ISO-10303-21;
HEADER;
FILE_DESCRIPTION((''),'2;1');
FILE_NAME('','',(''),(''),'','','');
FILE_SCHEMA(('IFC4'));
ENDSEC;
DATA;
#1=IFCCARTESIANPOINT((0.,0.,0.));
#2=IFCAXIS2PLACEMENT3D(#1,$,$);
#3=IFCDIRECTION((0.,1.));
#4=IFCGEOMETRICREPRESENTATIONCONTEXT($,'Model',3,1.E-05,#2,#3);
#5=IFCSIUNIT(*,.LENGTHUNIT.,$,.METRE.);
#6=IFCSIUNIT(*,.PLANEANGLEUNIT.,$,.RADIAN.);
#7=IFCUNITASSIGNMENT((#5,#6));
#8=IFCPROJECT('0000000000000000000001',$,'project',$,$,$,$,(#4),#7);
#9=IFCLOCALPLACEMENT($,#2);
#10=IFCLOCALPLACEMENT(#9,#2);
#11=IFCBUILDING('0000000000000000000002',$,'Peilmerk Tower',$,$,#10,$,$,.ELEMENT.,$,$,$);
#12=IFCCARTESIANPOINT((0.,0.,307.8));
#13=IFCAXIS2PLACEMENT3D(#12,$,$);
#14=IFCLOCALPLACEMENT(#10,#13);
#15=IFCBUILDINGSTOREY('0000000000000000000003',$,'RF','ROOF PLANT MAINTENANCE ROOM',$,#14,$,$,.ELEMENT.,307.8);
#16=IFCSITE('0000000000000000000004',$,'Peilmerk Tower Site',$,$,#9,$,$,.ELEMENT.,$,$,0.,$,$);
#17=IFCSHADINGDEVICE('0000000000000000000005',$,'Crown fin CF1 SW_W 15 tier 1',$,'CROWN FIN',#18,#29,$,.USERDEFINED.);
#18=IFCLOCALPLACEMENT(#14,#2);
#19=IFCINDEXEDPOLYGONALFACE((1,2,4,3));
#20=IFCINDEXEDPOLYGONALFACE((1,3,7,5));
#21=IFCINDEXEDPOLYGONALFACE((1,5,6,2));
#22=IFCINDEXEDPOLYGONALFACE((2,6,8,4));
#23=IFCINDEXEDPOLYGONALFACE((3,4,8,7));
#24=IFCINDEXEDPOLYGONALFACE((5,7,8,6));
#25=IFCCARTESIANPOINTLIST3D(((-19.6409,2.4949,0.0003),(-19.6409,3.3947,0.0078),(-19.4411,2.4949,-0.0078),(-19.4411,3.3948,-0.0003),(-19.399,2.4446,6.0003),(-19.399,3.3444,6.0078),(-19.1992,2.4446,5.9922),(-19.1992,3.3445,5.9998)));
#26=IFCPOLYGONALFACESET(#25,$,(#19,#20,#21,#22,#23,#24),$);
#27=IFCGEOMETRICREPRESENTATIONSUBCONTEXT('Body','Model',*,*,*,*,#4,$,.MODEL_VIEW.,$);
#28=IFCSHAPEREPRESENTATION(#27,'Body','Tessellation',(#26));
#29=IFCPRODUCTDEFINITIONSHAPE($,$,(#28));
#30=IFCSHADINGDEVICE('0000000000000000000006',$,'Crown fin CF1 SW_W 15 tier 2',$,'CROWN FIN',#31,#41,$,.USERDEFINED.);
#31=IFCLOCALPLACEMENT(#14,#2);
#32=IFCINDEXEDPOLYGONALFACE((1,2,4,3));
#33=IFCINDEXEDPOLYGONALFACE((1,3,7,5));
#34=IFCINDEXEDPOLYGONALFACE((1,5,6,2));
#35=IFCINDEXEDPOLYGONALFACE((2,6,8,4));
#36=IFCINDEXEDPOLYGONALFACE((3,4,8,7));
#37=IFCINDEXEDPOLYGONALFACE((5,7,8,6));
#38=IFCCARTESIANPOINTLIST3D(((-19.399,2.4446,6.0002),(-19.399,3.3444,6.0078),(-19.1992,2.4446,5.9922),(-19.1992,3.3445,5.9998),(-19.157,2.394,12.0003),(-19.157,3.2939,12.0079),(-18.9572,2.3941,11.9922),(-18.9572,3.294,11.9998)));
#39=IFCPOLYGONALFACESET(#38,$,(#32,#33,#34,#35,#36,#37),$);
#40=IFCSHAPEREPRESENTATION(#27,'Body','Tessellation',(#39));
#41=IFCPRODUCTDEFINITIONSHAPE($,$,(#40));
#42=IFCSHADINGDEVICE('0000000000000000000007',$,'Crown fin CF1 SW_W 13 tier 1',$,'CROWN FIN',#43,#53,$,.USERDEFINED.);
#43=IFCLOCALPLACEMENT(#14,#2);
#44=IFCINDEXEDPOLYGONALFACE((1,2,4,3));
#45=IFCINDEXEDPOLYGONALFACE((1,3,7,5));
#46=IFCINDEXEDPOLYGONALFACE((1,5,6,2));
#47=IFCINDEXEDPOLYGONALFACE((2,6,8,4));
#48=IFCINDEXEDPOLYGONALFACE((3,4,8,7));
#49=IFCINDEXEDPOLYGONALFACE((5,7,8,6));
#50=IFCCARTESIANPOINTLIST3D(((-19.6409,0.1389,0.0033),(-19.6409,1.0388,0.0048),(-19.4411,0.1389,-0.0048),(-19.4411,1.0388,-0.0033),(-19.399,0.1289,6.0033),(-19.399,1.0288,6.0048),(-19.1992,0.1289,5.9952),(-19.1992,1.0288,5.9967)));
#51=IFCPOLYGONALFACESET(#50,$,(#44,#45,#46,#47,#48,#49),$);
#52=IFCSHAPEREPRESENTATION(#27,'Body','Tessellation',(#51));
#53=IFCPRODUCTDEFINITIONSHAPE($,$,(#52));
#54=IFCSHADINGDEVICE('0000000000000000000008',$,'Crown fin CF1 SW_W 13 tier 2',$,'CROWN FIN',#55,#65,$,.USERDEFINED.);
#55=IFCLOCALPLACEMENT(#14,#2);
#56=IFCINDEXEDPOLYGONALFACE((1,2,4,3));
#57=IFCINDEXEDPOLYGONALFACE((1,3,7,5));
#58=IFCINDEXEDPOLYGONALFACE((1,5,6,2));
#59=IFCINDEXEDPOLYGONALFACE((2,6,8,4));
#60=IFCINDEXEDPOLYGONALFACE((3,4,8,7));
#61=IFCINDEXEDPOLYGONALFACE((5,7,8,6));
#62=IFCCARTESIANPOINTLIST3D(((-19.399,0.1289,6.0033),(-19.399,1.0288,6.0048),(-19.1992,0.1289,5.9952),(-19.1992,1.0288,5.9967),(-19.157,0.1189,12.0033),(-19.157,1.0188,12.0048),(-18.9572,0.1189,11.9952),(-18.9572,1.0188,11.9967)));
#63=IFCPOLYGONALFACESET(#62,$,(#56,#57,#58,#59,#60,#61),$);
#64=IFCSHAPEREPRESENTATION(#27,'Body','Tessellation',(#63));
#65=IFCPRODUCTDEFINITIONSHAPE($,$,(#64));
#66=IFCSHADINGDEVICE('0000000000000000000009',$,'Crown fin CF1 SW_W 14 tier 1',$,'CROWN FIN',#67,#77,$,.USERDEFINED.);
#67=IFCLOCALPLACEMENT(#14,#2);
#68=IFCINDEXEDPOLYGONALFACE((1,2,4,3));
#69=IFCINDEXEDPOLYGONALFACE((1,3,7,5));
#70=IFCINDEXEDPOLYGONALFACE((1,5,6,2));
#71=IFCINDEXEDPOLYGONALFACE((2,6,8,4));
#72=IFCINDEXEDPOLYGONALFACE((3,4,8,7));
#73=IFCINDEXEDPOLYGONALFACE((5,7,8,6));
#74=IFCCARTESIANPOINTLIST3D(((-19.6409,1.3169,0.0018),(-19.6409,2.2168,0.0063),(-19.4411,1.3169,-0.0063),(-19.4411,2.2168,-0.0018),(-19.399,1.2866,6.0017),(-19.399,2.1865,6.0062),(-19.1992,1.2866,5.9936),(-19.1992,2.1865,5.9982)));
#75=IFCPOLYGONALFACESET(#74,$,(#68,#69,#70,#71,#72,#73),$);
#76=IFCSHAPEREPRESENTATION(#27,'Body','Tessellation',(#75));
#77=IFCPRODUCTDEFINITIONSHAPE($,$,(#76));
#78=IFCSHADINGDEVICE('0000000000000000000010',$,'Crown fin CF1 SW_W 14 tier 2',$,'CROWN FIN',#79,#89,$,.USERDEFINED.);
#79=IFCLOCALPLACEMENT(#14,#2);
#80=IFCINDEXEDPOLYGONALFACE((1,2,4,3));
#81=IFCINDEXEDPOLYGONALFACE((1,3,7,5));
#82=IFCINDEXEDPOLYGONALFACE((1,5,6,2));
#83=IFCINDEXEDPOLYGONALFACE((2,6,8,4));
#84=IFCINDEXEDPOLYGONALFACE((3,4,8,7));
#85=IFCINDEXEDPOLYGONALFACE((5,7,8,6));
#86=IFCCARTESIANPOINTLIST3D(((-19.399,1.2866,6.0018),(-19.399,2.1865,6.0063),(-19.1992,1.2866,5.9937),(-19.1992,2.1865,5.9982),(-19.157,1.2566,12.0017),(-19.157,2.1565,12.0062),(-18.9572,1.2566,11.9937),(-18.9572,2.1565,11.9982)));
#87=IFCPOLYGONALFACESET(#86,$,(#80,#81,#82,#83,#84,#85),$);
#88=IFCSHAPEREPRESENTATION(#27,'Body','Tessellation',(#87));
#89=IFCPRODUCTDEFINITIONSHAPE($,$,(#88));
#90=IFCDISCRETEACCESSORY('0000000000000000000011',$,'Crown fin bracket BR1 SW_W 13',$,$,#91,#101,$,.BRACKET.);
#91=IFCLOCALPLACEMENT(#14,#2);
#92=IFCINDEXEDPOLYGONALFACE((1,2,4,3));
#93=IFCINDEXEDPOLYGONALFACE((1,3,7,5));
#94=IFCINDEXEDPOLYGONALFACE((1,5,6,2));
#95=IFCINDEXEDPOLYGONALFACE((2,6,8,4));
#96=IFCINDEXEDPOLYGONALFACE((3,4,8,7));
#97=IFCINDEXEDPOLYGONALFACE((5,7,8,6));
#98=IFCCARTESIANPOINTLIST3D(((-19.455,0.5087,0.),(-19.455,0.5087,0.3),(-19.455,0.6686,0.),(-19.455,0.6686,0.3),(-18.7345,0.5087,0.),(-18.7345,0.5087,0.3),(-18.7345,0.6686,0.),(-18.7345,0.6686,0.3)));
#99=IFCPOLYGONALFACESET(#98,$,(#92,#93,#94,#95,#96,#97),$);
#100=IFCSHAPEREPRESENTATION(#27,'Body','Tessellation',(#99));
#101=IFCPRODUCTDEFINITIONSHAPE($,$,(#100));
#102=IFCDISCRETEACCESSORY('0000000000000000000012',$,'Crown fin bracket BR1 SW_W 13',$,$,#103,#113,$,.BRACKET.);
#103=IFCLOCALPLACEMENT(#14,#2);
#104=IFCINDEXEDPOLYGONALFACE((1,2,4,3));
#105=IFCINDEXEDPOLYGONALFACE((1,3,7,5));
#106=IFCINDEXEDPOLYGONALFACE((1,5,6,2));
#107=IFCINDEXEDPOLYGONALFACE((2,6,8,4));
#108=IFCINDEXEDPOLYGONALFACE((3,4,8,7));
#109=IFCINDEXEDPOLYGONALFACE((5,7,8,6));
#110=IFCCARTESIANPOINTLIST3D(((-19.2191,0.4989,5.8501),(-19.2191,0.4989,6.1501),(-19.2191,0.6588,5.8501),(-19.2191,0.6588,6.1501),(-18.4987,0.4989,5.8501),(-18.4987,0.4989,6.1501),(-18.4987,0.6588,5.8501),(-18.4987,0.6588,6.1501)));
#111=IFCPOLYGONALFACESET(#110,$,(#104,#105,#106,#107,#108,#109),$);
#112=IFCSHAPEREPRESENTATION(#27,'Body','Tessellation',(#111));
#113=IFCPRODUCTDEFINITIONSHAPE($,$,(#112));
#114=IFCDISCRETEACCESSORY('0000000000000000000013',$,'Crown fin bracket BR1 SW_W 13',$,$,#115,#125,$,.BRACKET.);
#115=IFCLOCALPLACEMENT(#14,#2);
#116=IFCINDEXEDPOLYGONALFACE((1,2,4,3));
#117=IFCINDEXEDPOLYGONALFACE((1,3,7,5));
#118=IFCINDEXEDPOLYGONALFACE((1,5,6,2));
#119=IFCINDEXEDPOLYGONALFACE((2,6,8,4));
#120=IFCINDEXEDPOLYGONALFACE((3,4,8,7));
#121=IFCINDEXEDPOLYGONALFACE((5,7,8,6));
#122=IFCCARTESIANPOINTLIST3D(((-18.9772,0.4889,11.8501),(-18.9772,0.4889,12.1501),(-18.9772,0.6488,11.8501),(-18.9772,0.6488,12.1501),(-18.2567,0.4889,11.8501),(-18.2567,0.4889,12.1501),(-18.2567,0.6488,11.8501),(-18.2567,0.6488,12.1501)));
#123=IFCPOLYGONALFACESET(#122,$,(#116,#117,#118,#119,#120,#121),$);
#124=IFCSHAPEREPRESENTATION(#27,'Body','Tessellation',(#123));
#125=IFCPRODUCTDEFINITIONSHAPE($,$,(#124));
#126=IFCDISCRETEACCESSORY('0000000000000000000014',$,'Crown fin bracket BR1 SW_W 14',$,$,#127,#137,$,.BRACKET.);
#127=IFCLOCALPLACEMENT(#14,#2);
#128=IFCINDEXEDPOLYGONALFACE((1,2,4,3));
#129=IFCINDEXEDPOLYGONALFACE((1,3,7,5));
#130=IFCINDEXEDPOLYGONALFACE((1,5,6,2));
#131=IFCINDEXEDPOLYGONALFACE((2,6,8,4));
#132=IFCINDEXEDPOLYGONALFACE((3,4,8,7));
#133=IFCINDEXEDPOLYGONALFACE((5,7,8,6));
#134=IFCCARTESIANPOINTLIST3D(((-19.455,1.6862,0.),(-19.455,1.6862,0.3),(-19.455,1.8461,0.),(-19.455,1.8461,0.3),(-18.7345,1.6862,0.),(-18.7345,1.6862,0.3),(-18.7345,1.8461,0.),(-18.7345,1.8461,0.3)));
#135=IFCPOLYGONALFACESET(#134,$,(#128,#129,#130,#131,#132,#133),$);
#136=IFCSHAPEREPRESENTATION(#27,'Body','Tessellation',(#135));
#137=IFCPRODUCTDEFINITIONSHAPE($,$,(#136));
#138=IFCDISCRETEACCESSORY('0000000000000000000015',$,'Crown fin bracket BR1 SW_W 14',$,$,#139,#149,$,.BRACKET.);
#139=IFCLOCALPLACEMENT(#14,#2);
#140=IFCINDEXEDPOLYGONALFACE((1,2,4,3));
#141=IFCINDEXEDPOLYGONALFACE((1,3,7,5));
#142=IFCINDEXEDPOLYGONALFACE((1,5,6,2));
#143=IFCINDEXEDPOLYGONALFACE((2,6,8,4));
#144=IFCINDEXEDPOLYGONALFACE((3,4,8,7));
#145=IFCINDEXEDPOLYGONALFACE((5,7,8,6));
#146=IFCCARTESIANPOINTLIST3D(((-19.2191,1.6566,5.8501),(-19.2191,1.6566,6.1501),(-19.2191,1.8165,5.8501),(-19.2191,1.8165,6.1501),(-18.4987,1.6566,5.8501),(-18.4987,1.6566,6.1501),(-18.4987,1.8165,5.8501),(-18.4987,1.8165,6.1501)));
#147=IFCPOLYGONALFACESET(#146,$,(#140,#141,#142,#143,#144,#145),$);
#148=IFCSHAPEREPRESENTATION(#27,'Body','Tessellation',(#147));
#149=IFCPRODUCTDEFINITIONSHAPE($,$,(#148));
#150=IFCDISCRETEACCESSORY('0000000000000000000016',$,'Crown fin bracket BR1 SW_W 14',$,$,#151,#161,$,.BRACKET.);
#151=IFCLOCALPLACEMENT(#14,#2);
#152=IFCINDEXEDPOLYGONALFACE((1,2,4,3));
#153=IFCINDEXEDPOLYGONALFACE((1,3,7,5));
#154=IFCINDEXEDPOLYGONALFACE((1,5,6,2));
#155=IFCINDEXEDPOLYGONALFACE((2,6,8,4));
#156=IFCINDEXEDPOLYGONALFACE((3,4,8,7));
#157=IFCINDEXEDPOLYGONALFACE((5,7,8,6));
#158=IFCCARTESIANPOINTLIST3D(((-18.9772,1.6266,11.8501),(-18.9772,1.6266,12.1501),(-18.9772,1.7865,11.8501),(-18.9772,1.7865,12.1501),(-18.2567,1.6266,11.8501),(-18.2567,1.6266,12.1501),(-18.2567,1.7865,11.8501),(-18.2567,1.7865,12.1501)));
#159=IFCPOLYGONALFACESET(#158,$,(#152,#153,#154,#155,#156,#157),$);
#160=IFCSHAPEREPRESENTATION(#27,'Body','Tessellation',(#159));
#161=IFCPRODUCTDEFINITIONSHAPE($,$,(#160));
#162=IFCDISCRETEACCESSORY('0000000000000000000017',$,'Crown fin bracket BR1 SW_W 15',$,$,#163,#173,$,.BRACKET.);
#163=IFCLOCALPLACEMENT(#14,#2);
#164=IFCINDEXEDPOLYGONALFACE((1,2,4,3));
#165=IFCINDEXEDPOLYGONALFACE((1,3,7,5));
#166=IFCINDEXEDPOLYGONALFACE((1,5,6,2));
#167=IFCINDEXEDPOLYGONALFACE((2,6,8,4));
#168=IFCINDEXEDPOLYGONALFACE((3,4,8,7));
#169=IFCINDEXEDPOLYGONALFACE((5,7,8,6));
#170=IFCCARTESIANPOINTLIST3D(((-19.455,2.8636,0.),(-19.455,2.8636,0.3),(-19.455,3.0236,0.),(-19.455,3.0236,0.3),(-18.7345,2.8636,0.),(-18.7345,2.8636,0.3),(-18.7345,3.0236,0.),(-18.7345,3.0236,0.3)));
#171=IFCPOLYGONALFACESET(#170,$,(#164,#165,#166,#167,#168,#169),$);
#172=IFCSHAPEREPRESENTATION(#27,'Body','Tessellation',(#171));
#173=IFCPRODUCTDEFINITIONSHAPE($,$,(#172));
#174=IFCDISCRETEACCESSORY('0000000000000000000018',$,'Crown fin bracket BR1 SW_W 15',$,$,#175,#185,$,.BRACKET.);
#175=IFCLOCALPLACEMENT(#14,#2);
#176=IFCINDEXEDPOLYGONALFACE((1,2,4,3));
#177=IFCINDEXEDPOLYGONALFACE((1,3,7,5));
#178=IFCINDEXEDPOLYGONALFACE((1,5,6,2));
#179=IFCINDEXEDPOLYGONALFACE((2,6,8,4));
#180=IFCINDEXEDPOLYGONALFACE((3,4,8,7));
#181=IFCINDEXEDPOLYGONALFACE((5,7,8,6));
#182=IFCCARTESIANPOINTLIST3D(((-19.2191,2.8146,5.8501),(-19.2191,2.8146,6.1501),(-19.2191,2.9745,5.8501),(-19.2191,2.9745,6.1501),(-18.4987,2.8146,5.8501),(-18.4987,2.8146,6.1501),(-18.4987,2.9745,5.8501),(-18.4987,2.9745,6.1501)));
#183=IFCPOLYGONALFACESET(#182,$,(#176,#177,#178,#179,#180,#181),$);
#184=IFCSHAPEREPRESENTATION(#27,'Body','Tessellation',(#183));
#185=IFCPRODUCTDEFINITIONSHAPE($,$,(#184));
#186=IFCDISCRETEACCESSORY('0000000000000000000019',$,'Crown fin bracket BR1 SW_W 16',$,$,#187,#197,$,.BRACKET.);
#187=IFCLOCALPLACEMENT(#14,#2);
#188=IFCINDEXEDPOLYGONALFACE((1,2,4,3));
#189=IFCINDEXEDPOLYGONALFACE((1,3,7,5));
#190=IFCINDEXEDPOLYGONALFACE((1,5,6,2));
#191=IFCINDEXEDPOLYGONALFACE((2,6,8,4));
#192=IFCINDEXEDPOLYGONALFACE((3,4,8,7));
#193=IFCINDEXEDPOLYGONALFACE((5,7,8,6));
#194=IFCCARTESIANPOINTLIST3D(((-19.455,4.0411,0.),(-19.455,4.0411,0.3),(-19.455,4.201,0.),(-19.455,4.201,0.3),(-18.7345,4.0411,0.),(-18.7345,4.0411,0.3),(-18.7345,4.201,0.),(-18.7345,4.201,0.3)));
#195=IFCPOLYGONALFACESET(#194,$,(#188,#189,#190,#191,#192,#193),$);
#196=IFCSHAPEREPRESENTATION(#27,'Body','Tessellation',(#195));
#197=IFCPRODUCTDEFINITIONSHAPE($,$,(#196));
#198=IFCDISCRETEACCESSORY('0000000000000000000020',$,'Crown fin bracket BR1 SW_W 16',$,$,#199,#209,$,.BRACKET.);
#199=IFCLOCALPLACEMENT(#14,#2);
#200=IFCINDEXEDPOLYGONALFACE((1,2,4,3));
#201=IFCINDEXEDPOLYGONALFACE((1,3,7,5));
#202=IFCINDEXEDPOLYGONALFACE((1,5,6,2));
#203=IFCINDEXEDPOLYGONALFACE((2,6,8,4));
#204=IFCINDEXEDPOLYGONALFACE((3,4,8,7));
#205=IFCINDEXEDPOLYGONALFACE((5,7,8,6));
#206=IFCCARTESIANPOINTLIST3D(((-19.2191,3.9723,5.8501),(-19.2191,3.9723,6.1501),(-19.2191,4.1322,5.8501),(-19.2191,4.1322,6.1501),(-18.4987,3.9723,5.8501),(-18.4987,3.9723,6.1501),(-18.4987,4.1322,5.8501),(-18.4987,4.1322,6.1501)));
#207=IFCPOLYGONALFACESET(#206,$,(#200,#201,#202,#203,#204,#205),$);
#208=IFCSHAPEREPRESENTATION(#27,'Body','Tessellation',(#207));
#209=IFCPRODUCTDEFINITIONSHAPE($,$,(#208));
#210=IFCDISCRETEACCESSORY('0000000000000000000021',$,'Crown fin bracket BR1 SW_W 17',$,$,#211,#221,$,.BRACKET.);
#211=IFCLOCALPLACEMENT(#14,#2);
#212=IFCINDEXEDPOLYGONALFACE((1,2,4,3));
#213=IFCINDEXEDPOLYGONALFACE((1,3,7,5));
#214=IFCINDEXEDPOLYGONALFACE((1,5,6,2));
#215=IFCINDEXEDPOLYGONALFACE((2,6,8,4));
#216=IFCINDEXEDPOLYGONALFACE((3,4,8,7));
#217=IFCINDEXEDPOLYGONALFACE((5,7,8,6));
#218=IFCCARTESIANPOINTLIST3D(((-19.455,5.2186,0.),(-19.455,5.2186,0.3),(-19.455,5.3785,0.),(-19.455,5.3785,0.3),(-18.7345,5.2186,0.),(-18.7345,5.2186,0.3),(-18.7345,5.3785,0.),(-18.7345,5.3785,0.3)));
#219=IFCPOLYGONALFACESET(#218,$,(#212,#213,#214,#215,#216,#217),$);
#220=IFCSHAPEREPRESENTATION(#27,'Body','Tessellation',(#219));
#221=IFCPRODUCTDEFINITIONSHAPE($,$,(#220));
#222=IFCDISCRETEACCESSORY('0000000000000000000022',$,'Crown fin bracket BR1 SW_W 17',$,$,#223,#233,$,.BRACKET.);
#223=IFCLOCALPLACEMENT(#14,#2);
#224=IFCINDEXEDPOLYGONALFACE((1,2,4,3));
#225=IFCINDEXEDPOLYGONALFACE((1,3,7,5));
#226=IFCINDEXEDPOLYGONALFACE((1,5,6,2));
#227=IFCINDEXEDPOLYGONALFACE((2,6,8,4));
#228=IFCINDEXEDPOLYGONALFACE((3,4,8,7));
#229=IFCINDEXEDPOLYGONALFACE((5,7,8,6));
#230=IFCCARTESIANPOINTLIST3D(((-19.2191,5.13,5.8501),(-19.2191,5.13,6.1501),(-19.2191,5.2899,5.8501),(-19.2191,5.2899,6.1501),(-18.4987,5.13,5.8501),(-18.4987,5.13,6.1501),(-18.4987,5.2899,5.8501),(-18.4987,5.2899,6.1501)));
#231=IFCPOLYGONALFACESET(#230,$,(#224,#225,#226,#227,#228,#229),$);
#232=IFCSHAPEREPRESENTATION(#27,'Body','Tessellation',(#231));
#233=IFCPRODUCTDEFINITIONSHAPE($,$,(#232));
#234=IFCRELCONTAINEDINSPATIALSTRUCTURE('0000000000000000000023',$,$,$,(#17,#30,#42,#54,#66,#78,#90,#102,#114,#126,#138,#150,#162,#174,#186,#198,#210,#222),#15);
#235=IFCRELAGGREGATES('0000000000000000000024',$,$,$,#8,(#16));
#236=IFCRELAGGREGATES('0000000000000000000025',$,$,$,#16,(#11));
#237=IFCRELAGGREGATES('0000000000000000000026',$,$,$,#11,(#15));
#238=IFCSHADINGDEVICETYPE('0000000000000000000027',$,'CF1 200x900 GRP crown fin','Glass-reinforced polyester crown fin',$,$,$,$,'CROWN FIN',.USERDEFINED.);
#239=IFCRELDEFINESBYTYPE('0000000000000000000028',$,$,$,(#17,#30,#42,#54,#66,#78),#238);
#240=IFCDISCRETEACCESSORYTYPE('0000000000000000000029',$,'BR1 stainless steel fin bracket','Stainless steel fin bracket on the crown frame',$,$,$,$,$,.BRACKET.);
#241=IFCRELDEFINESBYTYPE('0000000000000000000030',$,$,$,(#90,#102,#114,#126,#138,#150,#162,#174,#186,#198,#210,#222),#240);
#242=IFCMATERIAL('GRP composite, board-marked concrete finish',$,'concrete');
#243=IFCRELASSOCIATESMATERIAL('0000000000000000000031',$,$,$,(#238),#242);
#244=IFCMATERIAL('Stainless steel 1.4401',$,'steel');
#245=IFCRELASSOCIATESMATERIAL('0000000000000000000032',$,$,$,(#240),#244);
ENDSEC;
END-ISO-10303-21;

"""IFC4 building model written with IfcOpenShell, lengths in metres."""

from ifc_helpers import new_model, si_unit, direction, frame, origin, origin_2d, place, context, subcontext, project, spatial, rectangle, extrude, source, transform, mapped, material, material_profile, profile_set, type_object, element, save


model = new_model("IFC4")

# Units and contexts
model_context = context("Model", 3, precision=1e-05, world=origin(), true_north=direction((0.0, 1.0)))
body_context = subcontext(model_context, "Body", "Model", "MODEL_VIEW")
ifc_project = project(units=[si_unit("LENGTHUNIT", "METRE"), si_unit("PLANEANGLEUNIT", "RADIAN")], contexts=[model_context])

# Site, building, storey
site_placement = place(None, origin())
site = spatial("IfcSite", under=ifc_project, at=site_placement, Name="Peilmerk Tower Site", CompositionType="ELEMENT", RefElevation=0.0)
building_placement = place(site_placement, origin())
building = spatial("IfcBuilding", under=site, at=building_placement, Name="Peilmerk Tower", CompositionType="ELEMENT")
storey_placement = place(building_placement, frame((0.0, 0.0, 307.8)))
storey = spatial("IfcBuildingStorey", under=building, at=storey_placement, Name="RF", Description="ROOF PLANT MAINTENANCE ROOM", CompositionType="ELEMENT", Elevation=307.8)

# Shading devices
ifc_material_1 = material(Name="GRP composite, board-marked concrete finish", Category="concrete")
ifc_material_profile_1 = material_profile(ifc_material_1, rectangle(XDim=0.2, YDim=0.8999, at=origin_2d()), Name="CF1 200x900")
ifc_profile_set_1 = profile_set([ifc_material_profile_1], Name="GRP composite, board-marked concrete finish")
shading_device_type = type_object("IfcShadingDeviceType", Name="CF1 200x900 GRP crown fin", Description="Glass-reinforced polyester crown fin", ElementType="CROWN FIN", PredefinedType="USERDEFINED", material=ifc_profile_set_1)
shared_shape_1 = source(origin(), body_context, "Body", "SweptSolid", [
    extrude(rectangle(XDim=0.2, YDim=0.8999, at=origin_2d()), origin(), (0.0, 0.0, 1.0), 6.0051),
])
for number, where, z_axis, x_axis, name in (
    (1, (-19.541, 2.9448, 0.0), (0.04029, -0.008375, 0.999153), (-0.999188, -0.000338, 0.040288), "Crown fin CF1 SW_W 15 tier 1"),
    (2, (-19.2991, 2.8945, 6.0), (0.04029, -0.008416, 0.999153), (-0.999188, -0.000339, 0.040288), "Crown fin CF1 SW_W 15 tier 2"),
):
    element("IfcShadingDevice", number, at=place(storey_placement, frame(where, z_axis=z_axis, x_axis=x_axis)), inside=storey, type_object=shading_device_type, Name=name, ObjectType="CROWN FIN", PredefinedType="USERDEFINED", context=body_context, shape_type="MappedRepresentation", body=[
        mapped(shared_shape_1, transform((0.0, 0.0, 0.0), scale=1.0)),
    ])
shared_shape_2 = source(origin(), body_context, "Body", "SweptSolid", [
    extrude(rectangle(XDim=0.2, YDim=0.8999, at=origin_2d()), origin(), (0.0, 0.0, 1.0), 6.0049),
])
for number, where, z_axis, x_axis, name in (
    (3, (-19.541, 0.5889, 0.0), (0.040291, -0.001667, 0.999187), (-0.999188, -0.000067, 0.040291), "Crown fin CF1 SW_W 13 tier 1"),
    (4, (-19.2991, 0.5789, 6.0), (0.040291, -0.001667, 0.999187), (-0.999188, -0.000067, 0.040291), "Crown fin CF1 SW_W 13 tier 2"),
    (5, (-19.541, 1.7668, 0.0), (0.040291, -0.005041, 0.999175), (-0.999188, -0.000203, 0.04029), "Crown fin CF1 SW_W 14 tier 1"),
    (6, (-19.2991, 1.7366, 6.0), (0.040291, -0.005001, 0.999175), (-0.999188, -0.000202, 0.04029), "Crown fin CF1 SW_W 14 tier 2"),
):
    element("IfcShadingDevice", number, at=place(storey_placement, frame(where, z_axis=z_axis, x_axis=x_axis)), inside=storey, type_object=shading_device_type, Name=name, ObjectType="CROWN FIN", PredefinedType="USERDEFINED", context=body_context, shape_type="MappedRepresentation", body=[
        mapped(shared_shape_2, transform((0.0, 0.0, 0.0), scale=1.0)),
    ])

# Discrete accessories
ifc_material_2 = material(Name="Stainless steel 1.4401", Category="steel")
discrete_accessory_type = type_object("IfcDiscreteAccessoryType", Name="BR1 stainless steel fin bracket", Description="Stainless steel fin bracket on the crown frame", PredefinedType="BRACKET", material=ifc_material_2)
shared_shape_3 = source(origin(), body_context, "Body", "SweptSolid", [
    extrude(rectangle(XDim=0.7205, YDim=0.1599, at=origin_2d()), origin(), (0.0, 0.0, 1.0), 0.3),
])
for number, where, z_axis, x_axis, name in (
    (7, (-19.0947, 0.5886, 0.0), (0.0, 0.0, 1.0), (-1.0, 0.0, 0.0), "Crown fin bracket BR1 SW_W 13"),
    (8, (-18.8589, 0.5789, 5.8501), (0.0, 0.0, 1.0), (-1.0, 0.0, 0.0), "Crown fin bracket BR1 SW_W 13"),
    (9, (-18.6169, 0.5688, 11.8501), (0.0, 0.0, 1.0), (-1.0, 0.0, 0.0), "Crown fin bracket BR1 SW_W 13"),
    (10, (-19.0947, 1.7661, 0.0), (0.0, 0.0, 1.0), (-1.0, 0.0, 0.0), "Crown fin bracket BR1 SW_W 14"),
    (11, (-18.8589, 1.7366, 5.8501), (0.0, 0.0, 1.0), (-1.0, 0.0, 0.0), "Crown fin bracket BR1 SW_W 14"),
    (12, (-18.6169, 1.7065, 11.8501), (0.0, 0.0, 1.0), (-1.0, 0.0, 0.0), "Crown fin bracket BR1 SW_W 14"),
    (13, (-19.0947, 2.9436, 0.0), (0.0, 0.0, 1.0), (-1.0, 0.0, 0.0), "Crown fin bracket BR1 SW_W 15"),
    (14, (-18.8589, 2.8945, 5.8501), (0.0, 0.0, 1.0), (-1.0, 0.0, 0.0), "Crown fin bracket BR1 SW_W 15"),
    (15, (-19.0947, 4.1211, 0.0), (0.0, 0.0, 1.0), (-1.0, 0.0, 0.0), "Crown fin bracket BR1 SW_W 16"),
    (16, (-18.8589, 4.0522, 5.8501), (0.0, 0.0, 1.0), (-1.0, 0.0, 0.0), "Crown fin bracket BR1 SW_W 16"),
    (17, (-19.0947, 5.2986, 0.0), (0.0, 0.0, 1.0), (-1.0, 0.0, 0.0), "Crown fin bracket BR1 SW_W 17"),
    (18, (-18.8589, 5.21, 5.8501), (0.0, 0.0, 1.0), (-1.0, 0.0, 0.0), "Crown fin bracket BR1 SW_W 17"),
):
    element("IfcDiscreteAccessory", number, at=place(storey_placement, frame(where, z_axis=z_axis, x_axis=x_axis)), inside=storey, type_object=discrete_accessory_type, Name=name, PredefinedType="BRACKET", context=body_context, shape_type="MappedRepresentation", body=[
        mapped(shared_shape_3, transform((0.0, 0.0, 0.0), scale=1.0)),
    ])

save(model, "model.ifc")
